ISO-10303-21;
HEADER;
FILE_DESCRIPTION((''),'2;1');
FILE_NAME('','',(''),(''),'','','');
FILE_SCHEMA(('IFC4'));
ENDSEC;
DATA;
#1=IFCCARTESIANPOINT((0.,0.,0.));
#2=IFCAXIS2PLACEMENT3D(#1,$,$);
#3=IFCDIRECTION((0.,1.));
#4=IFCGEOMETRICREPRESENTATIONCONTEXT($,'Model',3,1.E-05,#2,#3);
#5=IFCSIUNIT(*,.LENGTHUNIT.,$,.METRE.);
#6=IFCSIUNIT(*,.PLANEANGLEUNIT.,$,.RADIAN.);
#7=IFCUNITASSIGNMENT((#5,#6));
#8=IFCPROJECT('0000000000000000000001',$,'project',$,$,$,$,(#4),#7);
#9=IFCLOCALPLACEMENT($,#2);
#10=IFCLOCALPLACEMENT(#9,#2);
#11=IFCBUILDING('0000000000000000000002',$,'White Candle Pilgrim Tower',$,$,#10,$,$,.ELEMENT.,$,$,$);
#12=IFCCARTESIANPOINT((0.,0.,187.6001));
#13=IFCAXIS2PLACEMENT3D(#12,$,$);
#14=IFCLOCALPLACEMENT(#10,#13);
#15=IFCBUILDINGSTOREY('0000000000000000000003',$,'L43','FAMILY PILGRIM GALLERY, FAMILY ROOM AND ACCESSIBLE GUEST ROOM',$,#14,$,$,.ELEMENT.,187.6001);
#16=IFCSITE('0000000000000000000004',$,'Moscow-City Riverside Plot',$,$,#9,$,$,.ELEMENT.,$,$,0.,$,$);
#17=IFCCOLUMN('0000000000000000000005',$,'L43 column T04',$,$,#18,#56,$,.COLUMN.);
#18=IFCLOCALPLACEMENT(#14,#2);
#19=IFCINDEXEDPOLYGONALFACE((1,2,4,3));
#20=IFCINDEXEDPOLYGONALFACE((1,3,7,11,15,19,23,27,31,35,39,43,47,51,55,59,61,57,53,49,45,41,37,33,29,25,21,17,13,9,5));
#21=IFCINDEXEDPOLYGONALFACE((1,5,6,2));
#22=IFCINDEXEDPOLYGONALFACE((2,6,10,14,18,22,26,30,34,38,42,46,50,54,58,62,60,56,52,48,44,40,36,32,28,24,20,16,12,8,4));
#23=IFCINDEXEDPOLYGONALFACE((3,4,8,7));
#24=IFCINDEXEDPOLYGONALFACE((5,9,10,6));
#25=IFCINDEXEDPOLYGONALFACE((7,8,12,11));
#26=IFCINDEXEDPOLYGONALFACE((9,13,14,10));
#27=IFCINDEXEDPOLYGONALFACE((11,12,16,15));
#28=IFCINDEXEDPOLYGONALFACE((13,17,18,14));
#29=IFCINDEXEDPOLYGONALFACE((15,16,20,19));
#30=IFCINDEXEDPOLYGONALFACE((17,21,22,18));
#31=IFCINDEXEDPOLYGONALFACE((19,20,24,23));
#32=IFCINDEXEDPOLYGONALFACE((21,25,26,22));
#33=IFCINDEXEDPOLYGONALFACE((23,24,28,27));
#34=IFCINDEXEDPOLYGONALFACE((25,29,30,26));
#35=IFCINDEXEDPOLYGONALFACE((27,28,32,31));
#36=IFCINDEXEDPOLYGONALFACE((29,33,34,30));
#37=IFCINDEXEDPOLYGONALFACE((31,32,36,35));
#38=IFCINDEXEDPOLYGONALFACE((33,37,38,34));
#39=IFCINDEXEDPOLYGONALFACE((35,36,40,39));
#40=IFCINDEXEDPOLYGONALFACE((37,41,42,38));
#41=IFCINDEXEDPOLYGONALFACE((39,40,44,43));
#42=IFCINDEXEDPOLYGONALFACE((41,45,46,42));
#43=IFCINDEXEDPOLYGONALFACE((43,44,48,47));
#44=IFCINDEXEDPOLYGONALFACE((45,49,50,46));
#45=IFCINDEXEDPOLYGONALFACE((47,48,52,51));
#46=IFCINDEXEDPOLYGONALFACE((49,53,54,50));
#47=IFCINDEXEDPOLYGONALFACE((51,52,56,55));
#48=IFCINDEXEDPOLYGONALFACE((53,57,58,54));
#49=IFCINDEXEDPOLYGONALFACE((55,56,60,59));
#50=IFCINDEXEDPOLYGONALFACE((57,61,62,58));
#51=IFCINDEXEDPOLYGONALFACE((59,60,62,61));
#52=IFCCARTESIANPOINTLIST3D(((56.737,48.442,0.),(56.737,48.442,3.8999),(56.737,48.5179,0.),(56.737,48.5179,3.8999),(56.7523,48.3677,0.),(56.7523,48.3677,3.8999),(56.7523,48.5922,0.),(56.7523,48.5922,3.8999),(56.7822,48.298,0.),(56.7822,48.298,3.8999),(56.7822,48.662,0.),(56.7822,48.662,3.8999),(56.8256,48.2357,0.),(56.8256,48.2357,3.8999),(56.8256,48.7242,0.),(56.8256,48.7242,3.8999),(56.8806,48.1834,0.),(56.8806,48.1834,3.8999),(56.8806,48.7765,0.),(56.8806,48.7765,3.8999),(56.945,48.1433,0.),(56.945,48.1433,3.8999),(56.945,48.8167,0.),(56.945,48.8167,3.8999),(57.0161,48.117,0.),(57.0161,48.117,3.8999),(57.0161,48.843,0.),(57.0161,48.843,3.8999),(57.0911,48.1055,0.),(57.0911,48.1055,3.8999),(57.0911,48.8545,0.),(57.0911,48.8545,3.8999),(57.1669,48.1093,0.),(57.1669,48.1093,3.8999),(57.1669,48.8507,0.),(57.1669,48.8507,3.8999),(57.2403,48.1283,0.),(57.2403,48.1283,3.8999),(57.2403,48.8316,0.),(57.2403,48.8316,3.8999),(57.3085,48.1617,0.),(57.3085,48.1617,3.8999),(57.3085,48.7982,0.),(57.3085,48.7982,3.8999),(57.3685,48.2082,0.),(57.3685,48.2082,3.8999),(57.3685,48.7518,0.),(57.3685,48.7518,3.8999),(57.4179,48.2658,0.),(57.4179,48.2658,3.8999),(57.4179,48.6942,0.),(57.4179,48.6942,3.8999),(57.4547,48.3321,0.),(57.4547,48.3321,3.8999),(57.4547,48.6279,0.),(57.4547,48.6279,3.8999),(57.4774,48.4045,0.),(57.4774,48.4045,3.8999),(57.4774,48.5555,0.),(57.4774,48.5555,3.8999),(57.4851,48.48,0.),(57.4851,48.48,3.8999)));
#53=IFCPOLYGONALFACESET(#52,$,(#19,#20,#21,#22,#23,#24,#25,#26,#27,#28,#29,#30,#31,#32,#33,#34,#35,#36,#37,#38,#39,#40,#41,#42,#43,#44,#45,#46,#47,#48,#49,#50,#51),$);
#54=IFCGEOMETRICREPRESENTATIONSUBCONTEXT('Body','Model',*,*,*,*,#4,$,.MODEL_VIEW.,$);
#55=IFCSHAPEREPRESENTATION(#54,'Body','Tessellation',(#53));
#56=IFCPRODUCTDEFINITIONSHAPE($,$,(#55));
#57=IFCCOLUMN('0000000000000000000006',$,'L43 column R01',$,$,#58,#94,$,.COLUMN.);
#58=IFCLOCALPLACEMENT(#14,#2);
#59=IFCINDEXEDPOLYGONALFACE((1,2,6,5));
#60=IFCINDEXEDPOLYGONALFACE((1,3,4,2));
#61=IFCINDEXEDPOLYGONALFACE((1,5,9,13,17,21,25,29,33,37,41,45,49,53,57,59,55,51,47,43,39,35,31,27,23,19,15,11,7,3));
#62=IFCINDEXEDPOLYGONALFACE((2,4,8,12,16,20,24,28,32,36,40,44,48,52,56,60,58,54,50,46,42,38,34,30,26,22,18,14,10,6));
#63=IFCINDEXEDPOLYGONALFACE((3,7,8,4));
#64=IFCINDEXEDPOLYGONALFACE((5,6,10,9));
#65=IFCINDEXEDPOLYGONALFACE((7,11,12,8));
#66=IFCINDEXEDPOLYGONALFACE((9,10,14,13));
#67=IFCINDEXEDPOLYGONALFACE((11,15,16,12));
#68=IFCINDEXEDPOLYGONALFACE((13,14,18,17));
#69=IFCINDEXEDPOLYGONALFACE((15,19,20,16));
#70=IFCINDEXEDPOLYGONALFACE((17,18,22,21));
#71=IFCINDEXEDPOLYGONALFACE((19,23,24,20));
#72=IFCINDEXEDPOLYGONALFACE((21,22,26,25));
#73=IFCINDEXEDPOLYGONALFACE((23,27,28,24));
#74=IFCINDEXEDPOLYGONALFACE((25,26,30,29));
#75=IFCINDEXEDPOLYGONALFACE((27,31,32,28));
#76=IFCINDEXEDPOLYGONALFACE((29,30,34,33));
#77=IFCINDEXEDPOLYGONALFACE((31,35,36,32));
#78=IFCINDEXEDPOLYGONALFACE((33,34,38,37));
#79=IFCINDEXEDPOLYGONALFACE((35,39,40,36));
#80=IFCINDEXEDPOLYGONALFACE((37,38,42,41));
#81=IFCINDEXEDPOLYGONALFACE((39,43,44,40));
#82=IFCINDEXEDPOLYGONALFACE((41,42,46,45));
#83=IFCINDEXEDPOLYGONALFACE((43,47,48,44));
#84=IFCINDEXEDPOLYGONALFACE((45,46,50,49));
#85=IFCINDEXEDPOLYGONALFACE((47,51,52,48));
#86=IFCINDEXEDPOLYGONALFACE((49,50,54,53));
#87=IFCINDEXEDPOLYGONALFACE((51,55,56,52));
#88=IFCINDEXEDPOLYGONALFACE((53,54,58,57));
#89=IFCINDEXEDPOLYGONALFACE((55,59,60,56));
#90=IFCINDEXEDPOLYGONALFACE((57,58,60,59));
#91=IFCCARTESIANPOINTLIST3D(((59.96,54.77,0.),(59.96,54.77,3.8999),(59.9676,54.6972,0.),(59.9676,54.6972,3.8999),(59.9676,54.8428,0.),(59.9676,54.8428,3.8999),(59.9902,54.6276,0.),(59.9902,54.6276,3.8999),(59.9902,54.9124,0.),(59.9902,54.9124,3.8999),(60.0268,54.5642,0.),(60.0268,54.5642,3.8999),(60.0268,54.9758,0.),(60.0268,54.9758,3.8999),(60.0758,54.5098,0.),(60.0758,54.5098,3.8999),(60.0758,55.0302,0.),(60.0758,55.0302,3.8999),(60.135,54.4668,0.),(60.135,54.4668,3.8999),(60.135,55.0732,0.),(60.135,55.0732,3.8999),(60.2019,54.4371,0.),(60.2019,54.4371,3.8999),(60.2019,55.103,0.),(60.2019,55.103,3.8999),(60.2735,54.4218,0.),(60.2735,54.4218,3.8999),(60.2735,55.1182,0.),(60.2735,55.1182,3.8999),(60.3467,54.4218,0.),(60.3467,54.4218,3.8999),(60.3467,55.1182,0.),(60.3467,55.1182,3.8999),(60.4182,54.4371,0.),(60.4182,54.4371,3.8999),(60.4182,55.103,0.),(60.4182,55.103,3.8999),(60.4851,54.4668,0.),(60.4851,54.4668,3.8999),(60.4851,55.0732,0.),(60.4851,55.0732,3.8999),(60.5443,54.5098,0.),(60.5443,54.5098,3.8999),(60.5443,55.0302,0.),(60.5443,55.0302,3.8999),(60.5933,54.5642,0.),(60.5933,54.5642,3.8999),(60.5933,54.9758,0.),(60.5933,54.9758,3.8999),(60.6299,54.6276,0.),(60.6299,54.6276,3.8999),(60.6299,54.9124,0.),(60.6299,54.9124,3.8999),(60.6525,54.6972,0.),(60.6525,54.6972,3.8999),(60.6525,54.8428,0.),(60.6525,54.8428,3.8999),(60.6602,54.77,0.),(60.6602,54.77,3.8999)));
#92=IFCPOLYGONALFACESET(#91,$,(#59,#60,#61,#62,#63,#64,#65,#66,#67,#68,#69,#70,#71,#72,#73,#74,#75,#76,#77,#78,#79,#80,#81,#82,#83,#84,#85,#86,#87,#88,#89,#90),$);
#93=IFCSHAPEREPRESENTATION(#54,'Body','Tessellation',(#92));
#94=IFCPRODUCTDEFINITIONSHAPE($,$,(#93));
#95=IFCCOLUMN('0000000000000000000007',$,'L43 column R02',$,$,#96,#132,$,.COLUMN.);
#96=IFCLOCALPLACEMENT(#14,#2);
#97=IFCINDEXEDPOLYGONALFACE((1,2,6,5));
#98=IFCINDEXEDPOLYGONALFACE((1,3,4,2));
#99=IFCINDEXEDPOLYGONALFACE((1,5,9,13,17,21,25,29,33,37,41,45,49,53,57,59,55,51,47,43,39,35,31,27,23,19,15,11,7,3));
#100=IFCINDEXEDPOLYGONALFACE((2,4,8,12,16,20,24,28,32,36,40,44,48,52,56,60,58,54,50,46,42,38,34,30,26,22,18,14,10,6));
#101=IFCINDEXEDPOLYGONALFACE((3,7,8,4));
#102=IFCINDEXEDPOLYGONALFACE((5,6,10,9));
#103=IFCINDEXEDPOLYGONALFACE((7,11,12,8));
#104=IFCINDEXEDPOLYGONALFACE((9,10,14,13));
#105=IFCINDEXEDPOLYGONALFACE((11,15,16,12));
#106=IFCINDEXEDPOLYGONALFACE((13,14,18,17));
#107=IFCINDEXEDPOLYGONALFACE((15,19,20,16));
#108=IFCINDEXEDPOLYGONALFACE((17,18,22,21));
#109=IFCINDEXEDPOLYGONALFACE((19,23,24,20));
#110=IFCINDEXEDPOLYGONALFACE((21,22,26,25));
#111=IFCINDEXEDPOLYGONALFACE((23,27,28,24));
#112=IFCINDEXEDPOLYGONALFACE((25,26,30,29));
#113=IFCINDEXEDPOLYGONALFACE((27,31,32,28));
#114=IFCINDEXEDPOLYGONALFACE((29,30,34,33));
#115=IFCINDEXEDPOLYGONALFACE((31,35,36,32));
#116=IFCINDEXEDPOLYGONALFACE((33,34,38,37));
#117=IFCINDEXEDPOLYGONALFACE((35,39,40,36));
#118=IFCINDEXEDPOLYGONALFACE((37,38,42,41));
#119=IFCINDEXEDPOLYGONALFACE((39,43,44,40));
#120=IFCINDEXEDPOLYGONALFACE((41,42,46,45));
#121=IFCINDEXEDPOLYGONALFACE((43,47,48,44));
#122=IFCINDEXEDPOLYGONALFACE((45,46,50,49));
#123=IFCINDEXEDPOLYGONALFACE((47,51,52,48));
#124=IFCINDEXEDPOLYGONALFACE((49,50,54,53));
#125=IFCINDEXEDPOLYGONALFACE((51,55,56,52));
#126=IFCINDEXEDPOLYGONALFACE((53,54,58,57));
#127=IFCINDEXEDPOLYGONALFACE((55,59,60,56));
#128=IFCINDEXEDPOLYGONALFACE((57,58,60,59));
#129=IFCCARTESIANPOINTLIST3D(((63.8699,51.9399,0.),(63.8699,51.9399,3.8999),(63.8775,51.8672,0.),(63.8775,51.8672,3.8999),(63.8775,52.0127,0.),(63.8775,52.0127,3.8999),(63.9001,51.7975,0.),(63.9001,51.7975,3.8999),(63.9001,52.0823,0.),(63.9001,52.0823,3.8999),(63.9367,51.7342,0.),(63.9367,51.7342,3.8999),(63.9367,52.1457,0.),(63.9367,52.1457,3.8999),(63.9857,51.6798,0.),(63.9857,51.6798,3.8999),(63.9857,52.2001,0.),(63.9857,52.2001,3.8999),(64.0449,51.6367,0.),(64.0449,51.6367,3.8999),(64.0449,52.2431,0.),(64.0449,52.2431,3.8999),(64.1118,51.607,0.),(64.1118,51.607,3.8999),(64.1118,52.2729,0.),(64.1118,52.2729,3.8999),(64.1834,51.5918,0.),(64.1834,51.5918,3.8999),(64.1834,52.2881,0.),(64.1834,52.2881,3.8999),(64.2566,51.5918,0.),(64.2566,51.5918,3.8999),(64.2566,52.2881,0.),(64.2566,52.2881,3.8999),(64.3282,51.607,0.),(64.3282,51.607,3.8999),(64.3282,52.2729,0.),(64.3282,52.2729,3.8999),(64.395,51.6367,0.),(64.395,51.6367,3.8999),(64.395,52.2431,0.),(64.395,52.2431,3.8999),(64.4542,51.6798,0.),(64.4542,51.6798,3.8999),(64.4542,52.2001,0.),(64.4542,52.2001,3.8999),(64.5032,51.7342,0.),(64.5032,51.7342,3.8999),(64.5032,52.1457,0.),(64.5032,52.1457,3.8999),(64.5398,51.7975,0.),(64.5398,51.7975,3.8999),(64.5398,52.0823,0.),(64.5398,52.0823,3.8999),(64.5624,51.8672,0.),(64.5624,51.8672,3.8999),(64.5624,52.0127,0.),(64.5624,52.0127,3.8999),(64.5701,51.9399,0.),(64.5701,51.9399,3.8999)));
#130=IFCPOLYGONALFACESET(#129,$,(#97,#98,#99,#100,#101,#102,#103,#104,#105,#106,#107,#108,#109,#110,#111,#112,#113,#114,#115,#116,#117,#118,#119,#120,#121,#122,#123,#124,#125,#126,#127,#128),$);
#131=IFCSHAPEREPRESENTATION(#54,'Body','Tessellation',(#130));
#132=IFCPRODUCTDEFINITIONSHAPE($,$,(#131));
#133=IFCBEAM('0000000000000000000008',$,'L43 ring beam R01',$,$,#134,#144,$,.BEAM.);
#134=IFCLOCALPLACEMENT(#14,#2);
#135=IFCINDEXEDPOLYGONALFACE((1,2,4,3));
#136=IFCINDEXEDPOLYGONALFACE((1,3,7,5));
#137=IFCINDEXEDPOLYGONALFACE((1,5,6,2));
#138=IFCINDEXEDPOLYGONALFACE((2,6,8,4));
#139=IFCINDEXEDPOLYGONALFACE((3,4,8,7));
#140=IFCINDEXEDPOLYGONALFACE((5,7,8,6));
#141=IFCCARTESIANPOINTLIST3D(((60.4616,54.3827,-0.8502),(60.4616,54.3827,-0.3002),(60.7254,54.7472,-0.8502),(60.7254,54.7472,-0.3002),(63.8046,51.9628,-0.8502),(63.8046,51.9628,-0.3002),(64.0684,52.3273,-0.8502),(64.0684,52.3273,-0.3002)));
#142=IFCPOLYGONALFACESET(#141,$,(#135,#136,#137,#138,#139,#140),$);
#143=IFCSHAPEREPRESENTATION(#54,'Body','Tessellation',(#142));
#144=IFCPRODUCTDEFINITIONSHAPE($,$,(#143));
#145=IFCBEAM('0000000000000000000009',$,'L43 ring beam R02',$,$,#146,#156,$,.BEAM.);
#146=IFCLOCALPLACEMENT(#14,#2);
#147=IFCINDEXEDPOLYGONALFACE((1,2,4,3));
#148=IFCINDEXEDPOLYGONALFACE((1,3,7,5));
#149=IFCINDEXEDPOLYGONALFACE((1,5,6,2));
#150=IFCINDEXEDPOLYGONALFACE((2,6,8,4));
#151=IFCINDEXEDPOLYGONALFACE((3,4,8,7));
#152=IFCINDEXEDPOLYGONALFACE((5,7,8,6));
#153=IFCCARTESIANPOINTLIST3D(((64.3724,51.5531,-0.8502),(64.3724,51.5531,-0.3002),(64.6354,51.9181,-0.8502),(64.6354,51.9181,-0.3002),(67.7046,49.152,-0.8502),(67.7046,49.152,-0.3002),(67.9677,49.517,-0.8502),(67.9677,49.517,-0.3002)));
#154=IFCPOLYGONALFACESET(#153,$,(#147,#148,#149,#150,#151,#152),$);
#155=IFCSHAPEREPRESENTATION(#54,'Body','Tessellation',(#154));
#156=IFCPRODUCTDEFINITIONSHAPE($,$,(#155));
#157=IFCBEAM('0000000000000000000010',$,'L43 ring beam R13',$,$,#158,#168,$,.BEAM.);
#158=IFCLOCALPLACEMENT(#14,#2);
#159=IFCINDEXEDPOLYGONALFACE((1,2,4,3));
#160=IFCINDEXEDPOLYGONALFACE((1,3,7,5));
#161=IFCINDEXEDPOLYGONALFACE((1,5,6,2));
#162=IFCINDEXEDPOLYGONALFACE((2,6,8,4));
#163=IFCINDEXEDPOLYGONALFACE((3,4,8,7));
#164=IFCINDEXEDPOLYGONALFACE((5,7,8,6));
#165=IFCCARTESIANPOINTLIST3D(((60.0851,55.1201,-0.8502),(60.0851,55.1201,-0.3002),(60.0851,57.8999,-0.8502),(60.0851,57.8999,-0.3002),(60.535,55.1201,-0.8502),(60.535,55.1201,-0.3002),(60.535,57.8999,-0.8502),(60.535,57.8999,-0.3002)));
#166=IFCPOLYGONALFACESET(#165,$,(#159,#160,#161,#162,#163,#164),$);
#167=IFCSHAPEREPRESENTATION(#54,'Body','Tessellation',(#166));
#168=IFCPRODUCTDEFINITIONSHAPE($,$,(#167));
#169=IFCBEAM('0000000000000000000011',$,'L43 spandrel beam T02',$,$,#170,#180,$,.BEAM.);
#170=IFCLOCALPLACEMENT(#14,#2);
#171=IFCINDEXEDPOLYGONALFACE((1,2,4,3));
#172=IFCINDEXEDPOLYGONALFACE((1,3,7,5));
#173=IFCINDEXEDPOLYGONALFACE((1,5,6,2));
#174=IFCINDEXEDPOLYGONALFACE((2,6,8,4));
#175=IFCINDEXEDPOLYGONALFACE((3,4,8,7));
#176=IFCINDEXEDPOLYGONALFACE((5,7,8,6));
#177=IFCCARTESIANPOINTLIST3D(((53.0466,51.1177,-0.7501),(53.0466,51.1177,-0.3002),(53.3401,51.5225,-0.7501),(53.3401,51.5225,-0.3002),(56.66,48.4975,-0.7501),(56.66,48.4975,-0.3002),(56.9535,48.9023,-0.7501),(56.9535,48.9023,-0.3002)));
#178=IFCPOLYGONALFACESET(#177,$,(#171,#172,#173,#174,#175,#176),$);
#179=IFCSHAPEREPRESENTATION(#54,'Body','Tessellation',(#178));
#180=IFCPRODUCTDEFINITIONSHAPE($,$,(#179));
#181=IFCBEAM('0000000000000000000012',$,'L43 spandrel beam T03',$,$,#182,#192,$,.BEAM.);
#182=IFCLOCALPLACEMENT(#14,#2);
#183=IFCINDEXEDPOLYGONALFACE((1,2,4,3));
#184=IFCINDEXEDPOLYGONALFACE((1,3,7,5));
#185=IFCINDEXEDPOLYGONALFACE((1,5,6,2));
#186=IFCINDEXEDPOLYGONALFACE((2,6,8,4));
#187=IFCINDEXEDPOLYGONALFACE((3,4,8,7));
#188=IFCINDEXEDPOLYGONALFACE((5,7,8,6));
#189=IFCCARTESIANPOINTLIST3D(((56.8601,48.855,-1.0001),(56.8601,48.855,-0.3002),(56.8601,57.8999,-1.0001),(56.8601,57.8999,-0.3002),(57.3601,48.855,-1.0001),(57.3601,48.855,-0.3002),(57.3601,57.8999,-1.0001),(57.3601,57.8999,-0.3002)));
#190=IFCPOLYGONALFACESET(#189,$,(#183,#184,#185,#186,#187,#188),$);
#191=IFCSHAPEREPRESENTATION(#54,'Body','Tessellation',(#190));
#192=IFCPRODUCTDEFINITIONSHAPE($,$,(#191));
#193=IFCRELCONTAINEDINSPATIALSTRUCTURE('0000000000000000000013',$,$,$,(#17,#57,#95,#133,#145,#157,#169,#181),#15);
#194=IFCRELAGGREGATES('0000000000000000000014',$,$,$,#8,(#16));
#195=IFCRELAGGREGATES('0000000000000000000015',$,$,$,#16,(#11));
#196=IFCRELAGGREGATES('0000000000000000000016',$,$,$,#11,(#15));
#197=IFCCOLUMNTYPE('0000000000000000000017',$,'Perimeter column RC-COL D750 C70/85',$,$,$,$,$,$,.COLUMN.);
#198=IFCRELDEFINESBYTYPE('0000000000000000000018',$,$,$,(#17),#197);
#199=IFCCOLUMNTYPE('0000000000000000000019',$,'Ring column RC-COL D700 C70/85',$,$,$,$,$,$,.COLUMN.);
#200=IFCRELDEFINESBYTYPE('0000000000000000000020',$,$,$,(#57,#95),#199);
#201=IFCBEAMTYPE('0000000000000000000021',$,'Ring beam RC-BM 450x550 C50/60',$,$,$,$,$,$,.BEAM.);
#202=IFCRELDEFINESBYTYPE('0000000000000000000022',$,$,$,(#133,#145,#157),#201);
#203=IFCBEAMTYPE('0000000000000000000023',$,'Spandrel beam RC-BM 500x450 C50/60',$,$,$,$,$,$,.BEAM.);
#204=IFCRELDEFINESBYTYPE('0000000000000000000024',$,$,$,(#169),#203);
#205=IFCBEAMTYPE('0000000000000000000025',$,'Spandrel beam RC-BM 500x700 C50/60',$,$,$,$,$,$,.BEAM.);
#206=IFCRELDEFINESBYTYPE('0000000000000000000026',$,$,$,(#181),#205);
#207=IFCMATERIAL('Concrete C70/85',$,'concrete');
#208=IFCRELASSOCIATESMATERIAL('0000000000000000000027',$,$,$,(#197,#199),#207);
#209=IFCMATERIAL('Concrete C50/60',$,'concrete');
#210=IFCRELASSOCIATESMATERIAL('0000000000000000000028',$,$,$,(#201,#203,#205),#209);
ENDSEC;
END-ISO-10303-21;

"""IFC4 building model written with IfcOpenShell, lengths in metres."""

from ifc_helpers import new_model, si_unit, direction, frame, origin, origin_2d, place, context, subcontext, project, spatial, rectangle, circle, extrude, material, material_profile, profile_set, type_object, element, save


model = new_model("IFC4")

# Units and contexts
model_context = context("Model", 3, precision=1e-05, world=origin(), true_north=direction((0.0, 1.0)))
body_context = subcontext(model_context, "Body", "Model", "MODEL_VIEW")
ifc_project = project(units=[si_unit("LENGTHUNIT", "METRE"), si_unit("PLANEANGLEUNIT", "RADIAN")], contexts=[model_context])

# Site, building, storey
site_placement = place(None, origin())
site = spatial("IfcSite", under=ifc_project, at=site_placement, Name="Moscow-City Riverside Plot", CompositionType="ELEMENT", RefElevation=0.0)
building_placement = place(site_placement, origin())
building = spatial("IfcBuilding", under=site, at=building_placement, Name="White Candle Pilgrim Tower", CompositionType="ELEMENT")
storey_placement = place(building_placement, frame((0.0, 0.0, 187.6001)))
storey = spatial("IfcBuildingStorey", under=building, at=storey_placement, Name="L43", Description="FAMILY PILGRIM GALLERY, FAMILY ROOM AND ACCESSIBLE GUEST ROOM", CompositionType="ELEMENT", Elevation=187.6001)

# Columns
ifc_material_1 = material(Name="Concrete C70/85", Category="concrete")
ifc_material_profile_1 = material_profile(ifc_material_1, circle(Radius=0.375, at=origin_2d()), Name="RC-COL D750")
ifc_profile_set_1 = profile_set([ifc_material_profile_1], Name="Concrete C70/85")
column_type_1 = type_object("IfcColumnType", Name="Perimeter column RC-COL D750 C70/85", PredefinedType="COLUMN", material=ifc_profile_set_1)
column_placement = place(storey_placement, frame((57.1101, 48.48, 0.0), z_axis=(0.0, 0.0, 1.0), x_axis=(1.0, 0.0, 0.0)))
element("IfcColumn", 1, at=column_placement, inside=storey, type_object=column_type_1, Name="L43 column T04", PredefinedType="COLUMN", context=body_context, shape_type="SweptSolid", body=[
    extrude(circle(Radius=0.375, at=origin_2d()), origin(), (0.0, 0.0, 1.0), 3.8999),
])
ifc_material_profile_2 = material_profile(ifc_material_1, circle(Radius=0.3501, at=origin_2d()), Name="RC-COL D700")
ifc_profile_set_2 = profile_set([ifc_material_profile_2], Name="Concrete C70/85")
column_type_2 = type_object("IfcColumnType", Name="Ring column RC-COL D700 C70/85", PredefinedType="COLUMN", material=ifc_profile_set_2)
for number, where, z_axis, x_axis, name in (
    (2, (60.3101, 54.77, 0.0), (0.0, 0.0, 1.0), (1.0, 0.0, 0.0), "L43 column R01"),
    (3, (64.22, 51.9399, 0.0), (0.0, 0.0, 1.0), (1.0, 0.0, 0.0), "L43 column R02"),
):
    element("IfcColumn", number, at=place(storey_placement, frame(where, z_axis=z_axis, x_axis=x_axis)), inside=storey, type_object=column_type_2, Name=name, PredefinedType="COLUMN", context=body_context, shape_type="SweptSolid", body=[
        extrude(circle(Radius=0.3501, at=origin_2d()), origin(), (0.0, 0.0, 1.0), 3.8999),
    ])

# Beams
ifc_material_2 = material(Name="Concrete C50/60", Category="concrete")
ifc_material_profile_3 = material_profile(ifc_material_2, rectangle(XDim=0.45, YDim=0.55, at=origin_2d()), Name="RC-BM 450x550")
ifc_profile_set_3 = profile_set([ifc_material_profile_3], Name="Concrete C50/60")
beam_type_1 = type_object("IfcBeamType", Name="Ring beam RC-BM 450x550 C50/60", PredefinedType="BEAM", material=ifc_profile_set_3)
beam_1_placement = place(storey_placement, frame((60.5935, 54.5649, -0.5752), z_axis=(0.810044, -0.586369, 0.0), x_axis=(0.586369, 0.810044, 0.0)))
element("IfcBeam", 4, at=beam_1_placement, inside=storey, type_object=beam_type_1, Name="L43 ring beam R01", PredefinedType="BEAM", context=body_context, shape_type="SweptSolid", body=[
    extrude(rectangle(XDim=0.45, YDim=0.55, at=origin_2d()), origin(), (0.0, 0.0, 1.0), 4.127),
])
beam_2_placement = place(storey_placement, frame((64.5039, 51.7356, -0.5752), z_axis=(0.811317, -0.584607, 0.0), x_axis=(0.584607, 0.811317, 0.0)))
element("IfcBeam", 5, at=beam_2_placement, inside=storey, type_object=beam_type_1, Name="L43 ring beam R02", PredefinedType="BEAM", context=body_context, shape_type="SweptSolid", body=[
    extrude(rectangle(XDim=0.45, YDim=0.55, at=origin_2d()), origin(), (0.0, 0.0, 1.0), 4.1072),
])
beam_3_placement = place(storey_placement, frame((60.3101, 55.1201, -0.5752), z_axis=(0.0, 1.0, 0.0), x_axis=(-1.0, 0.0, 0.0)))
element("IfcBeam", 6, at=beam_3_placement, inside=storey, type_object=beam_type_1, Name="L43 ring beam R13", PredefinedType="BEAM", context=body_context, shape_type="SweptSolid", body=[
    extrude(rectangle(XDim=0.45, YDim=0.55, at=origin_2d()), origin(), (0.0, 0.0, 1.0), 2.7798),
])
ifc_material_profile_4 = material_profile(ifc_material_2, rectangle(XDim=0.5, YDim=0.45, at=origin_2d()), Name="RC-BM 500x450")
ifc_profile_set_4 = profile_set([ifc_material_profile_4], Name="Concrete C50/60")
beam_type_2 = type_object("IfcBeamType", Name="Spandrel beam RC-BM 500x450 C50/60", PredefinedType="BEAM", material=ifc_profile_set_4)
beam_4_placement = place(storey_placement, frame((53.1934, 51.3201, -0.5251), z_axis=(0.809558, -0.587039, 0.0), x_axis=(0.587039, 0.809558, 0.0)))
element("IfcBeam", 7, at=beam_4_placement, inside=storey, type_object=beam_type_2, Name="L43 spandrel beam T02", PredefinedType="BEAM", context=body_context, shape_type="SweptSolid", body=[
    extrude(rectangle(XDim=0.5, YDim=0.45, at=origin_2d()), origin(), (0.0, 0.0, 1.0), 4.4634),
])
ifc_material_profile_5 = material_profile(ifc_material_2, rectangle(XDim=0.5, YDim=0.7, at=origin_2d()), Name="RC-BM 500x700")
ifc_profile_set_5 = profile_set([ifc_material_profile_5], Name="Concrete C50/60")
beam_type_3 = type_object("IfcBeamType", Name="Spandrel beam RC-BM 500x700 C50/60", PredefinedType="BEAM", material=ifc_profile_set_5)
beam_5_placement = place(storey_placement, frame((57.1101, 48.855, -0.6501), z_axis=(0.0, 1.0, 0.0), x_axis=(-1.0, 0.0, 0.0)))
element("IfcBeam", 8, at=beam_5_placement, inside=storey, type_object=beam_type_3, Name="L43 spandrel beam T03", PredefinedType="BEAM", context=body_context, shape_type="SweptSolid", body=[
    extrude(rectangle(XDim=0.5, YDim=0.7, at=origin_2d()), origin(), (0.0, 0.0, 1.0), 9.0449),
])

save(model, "model.ifc")
